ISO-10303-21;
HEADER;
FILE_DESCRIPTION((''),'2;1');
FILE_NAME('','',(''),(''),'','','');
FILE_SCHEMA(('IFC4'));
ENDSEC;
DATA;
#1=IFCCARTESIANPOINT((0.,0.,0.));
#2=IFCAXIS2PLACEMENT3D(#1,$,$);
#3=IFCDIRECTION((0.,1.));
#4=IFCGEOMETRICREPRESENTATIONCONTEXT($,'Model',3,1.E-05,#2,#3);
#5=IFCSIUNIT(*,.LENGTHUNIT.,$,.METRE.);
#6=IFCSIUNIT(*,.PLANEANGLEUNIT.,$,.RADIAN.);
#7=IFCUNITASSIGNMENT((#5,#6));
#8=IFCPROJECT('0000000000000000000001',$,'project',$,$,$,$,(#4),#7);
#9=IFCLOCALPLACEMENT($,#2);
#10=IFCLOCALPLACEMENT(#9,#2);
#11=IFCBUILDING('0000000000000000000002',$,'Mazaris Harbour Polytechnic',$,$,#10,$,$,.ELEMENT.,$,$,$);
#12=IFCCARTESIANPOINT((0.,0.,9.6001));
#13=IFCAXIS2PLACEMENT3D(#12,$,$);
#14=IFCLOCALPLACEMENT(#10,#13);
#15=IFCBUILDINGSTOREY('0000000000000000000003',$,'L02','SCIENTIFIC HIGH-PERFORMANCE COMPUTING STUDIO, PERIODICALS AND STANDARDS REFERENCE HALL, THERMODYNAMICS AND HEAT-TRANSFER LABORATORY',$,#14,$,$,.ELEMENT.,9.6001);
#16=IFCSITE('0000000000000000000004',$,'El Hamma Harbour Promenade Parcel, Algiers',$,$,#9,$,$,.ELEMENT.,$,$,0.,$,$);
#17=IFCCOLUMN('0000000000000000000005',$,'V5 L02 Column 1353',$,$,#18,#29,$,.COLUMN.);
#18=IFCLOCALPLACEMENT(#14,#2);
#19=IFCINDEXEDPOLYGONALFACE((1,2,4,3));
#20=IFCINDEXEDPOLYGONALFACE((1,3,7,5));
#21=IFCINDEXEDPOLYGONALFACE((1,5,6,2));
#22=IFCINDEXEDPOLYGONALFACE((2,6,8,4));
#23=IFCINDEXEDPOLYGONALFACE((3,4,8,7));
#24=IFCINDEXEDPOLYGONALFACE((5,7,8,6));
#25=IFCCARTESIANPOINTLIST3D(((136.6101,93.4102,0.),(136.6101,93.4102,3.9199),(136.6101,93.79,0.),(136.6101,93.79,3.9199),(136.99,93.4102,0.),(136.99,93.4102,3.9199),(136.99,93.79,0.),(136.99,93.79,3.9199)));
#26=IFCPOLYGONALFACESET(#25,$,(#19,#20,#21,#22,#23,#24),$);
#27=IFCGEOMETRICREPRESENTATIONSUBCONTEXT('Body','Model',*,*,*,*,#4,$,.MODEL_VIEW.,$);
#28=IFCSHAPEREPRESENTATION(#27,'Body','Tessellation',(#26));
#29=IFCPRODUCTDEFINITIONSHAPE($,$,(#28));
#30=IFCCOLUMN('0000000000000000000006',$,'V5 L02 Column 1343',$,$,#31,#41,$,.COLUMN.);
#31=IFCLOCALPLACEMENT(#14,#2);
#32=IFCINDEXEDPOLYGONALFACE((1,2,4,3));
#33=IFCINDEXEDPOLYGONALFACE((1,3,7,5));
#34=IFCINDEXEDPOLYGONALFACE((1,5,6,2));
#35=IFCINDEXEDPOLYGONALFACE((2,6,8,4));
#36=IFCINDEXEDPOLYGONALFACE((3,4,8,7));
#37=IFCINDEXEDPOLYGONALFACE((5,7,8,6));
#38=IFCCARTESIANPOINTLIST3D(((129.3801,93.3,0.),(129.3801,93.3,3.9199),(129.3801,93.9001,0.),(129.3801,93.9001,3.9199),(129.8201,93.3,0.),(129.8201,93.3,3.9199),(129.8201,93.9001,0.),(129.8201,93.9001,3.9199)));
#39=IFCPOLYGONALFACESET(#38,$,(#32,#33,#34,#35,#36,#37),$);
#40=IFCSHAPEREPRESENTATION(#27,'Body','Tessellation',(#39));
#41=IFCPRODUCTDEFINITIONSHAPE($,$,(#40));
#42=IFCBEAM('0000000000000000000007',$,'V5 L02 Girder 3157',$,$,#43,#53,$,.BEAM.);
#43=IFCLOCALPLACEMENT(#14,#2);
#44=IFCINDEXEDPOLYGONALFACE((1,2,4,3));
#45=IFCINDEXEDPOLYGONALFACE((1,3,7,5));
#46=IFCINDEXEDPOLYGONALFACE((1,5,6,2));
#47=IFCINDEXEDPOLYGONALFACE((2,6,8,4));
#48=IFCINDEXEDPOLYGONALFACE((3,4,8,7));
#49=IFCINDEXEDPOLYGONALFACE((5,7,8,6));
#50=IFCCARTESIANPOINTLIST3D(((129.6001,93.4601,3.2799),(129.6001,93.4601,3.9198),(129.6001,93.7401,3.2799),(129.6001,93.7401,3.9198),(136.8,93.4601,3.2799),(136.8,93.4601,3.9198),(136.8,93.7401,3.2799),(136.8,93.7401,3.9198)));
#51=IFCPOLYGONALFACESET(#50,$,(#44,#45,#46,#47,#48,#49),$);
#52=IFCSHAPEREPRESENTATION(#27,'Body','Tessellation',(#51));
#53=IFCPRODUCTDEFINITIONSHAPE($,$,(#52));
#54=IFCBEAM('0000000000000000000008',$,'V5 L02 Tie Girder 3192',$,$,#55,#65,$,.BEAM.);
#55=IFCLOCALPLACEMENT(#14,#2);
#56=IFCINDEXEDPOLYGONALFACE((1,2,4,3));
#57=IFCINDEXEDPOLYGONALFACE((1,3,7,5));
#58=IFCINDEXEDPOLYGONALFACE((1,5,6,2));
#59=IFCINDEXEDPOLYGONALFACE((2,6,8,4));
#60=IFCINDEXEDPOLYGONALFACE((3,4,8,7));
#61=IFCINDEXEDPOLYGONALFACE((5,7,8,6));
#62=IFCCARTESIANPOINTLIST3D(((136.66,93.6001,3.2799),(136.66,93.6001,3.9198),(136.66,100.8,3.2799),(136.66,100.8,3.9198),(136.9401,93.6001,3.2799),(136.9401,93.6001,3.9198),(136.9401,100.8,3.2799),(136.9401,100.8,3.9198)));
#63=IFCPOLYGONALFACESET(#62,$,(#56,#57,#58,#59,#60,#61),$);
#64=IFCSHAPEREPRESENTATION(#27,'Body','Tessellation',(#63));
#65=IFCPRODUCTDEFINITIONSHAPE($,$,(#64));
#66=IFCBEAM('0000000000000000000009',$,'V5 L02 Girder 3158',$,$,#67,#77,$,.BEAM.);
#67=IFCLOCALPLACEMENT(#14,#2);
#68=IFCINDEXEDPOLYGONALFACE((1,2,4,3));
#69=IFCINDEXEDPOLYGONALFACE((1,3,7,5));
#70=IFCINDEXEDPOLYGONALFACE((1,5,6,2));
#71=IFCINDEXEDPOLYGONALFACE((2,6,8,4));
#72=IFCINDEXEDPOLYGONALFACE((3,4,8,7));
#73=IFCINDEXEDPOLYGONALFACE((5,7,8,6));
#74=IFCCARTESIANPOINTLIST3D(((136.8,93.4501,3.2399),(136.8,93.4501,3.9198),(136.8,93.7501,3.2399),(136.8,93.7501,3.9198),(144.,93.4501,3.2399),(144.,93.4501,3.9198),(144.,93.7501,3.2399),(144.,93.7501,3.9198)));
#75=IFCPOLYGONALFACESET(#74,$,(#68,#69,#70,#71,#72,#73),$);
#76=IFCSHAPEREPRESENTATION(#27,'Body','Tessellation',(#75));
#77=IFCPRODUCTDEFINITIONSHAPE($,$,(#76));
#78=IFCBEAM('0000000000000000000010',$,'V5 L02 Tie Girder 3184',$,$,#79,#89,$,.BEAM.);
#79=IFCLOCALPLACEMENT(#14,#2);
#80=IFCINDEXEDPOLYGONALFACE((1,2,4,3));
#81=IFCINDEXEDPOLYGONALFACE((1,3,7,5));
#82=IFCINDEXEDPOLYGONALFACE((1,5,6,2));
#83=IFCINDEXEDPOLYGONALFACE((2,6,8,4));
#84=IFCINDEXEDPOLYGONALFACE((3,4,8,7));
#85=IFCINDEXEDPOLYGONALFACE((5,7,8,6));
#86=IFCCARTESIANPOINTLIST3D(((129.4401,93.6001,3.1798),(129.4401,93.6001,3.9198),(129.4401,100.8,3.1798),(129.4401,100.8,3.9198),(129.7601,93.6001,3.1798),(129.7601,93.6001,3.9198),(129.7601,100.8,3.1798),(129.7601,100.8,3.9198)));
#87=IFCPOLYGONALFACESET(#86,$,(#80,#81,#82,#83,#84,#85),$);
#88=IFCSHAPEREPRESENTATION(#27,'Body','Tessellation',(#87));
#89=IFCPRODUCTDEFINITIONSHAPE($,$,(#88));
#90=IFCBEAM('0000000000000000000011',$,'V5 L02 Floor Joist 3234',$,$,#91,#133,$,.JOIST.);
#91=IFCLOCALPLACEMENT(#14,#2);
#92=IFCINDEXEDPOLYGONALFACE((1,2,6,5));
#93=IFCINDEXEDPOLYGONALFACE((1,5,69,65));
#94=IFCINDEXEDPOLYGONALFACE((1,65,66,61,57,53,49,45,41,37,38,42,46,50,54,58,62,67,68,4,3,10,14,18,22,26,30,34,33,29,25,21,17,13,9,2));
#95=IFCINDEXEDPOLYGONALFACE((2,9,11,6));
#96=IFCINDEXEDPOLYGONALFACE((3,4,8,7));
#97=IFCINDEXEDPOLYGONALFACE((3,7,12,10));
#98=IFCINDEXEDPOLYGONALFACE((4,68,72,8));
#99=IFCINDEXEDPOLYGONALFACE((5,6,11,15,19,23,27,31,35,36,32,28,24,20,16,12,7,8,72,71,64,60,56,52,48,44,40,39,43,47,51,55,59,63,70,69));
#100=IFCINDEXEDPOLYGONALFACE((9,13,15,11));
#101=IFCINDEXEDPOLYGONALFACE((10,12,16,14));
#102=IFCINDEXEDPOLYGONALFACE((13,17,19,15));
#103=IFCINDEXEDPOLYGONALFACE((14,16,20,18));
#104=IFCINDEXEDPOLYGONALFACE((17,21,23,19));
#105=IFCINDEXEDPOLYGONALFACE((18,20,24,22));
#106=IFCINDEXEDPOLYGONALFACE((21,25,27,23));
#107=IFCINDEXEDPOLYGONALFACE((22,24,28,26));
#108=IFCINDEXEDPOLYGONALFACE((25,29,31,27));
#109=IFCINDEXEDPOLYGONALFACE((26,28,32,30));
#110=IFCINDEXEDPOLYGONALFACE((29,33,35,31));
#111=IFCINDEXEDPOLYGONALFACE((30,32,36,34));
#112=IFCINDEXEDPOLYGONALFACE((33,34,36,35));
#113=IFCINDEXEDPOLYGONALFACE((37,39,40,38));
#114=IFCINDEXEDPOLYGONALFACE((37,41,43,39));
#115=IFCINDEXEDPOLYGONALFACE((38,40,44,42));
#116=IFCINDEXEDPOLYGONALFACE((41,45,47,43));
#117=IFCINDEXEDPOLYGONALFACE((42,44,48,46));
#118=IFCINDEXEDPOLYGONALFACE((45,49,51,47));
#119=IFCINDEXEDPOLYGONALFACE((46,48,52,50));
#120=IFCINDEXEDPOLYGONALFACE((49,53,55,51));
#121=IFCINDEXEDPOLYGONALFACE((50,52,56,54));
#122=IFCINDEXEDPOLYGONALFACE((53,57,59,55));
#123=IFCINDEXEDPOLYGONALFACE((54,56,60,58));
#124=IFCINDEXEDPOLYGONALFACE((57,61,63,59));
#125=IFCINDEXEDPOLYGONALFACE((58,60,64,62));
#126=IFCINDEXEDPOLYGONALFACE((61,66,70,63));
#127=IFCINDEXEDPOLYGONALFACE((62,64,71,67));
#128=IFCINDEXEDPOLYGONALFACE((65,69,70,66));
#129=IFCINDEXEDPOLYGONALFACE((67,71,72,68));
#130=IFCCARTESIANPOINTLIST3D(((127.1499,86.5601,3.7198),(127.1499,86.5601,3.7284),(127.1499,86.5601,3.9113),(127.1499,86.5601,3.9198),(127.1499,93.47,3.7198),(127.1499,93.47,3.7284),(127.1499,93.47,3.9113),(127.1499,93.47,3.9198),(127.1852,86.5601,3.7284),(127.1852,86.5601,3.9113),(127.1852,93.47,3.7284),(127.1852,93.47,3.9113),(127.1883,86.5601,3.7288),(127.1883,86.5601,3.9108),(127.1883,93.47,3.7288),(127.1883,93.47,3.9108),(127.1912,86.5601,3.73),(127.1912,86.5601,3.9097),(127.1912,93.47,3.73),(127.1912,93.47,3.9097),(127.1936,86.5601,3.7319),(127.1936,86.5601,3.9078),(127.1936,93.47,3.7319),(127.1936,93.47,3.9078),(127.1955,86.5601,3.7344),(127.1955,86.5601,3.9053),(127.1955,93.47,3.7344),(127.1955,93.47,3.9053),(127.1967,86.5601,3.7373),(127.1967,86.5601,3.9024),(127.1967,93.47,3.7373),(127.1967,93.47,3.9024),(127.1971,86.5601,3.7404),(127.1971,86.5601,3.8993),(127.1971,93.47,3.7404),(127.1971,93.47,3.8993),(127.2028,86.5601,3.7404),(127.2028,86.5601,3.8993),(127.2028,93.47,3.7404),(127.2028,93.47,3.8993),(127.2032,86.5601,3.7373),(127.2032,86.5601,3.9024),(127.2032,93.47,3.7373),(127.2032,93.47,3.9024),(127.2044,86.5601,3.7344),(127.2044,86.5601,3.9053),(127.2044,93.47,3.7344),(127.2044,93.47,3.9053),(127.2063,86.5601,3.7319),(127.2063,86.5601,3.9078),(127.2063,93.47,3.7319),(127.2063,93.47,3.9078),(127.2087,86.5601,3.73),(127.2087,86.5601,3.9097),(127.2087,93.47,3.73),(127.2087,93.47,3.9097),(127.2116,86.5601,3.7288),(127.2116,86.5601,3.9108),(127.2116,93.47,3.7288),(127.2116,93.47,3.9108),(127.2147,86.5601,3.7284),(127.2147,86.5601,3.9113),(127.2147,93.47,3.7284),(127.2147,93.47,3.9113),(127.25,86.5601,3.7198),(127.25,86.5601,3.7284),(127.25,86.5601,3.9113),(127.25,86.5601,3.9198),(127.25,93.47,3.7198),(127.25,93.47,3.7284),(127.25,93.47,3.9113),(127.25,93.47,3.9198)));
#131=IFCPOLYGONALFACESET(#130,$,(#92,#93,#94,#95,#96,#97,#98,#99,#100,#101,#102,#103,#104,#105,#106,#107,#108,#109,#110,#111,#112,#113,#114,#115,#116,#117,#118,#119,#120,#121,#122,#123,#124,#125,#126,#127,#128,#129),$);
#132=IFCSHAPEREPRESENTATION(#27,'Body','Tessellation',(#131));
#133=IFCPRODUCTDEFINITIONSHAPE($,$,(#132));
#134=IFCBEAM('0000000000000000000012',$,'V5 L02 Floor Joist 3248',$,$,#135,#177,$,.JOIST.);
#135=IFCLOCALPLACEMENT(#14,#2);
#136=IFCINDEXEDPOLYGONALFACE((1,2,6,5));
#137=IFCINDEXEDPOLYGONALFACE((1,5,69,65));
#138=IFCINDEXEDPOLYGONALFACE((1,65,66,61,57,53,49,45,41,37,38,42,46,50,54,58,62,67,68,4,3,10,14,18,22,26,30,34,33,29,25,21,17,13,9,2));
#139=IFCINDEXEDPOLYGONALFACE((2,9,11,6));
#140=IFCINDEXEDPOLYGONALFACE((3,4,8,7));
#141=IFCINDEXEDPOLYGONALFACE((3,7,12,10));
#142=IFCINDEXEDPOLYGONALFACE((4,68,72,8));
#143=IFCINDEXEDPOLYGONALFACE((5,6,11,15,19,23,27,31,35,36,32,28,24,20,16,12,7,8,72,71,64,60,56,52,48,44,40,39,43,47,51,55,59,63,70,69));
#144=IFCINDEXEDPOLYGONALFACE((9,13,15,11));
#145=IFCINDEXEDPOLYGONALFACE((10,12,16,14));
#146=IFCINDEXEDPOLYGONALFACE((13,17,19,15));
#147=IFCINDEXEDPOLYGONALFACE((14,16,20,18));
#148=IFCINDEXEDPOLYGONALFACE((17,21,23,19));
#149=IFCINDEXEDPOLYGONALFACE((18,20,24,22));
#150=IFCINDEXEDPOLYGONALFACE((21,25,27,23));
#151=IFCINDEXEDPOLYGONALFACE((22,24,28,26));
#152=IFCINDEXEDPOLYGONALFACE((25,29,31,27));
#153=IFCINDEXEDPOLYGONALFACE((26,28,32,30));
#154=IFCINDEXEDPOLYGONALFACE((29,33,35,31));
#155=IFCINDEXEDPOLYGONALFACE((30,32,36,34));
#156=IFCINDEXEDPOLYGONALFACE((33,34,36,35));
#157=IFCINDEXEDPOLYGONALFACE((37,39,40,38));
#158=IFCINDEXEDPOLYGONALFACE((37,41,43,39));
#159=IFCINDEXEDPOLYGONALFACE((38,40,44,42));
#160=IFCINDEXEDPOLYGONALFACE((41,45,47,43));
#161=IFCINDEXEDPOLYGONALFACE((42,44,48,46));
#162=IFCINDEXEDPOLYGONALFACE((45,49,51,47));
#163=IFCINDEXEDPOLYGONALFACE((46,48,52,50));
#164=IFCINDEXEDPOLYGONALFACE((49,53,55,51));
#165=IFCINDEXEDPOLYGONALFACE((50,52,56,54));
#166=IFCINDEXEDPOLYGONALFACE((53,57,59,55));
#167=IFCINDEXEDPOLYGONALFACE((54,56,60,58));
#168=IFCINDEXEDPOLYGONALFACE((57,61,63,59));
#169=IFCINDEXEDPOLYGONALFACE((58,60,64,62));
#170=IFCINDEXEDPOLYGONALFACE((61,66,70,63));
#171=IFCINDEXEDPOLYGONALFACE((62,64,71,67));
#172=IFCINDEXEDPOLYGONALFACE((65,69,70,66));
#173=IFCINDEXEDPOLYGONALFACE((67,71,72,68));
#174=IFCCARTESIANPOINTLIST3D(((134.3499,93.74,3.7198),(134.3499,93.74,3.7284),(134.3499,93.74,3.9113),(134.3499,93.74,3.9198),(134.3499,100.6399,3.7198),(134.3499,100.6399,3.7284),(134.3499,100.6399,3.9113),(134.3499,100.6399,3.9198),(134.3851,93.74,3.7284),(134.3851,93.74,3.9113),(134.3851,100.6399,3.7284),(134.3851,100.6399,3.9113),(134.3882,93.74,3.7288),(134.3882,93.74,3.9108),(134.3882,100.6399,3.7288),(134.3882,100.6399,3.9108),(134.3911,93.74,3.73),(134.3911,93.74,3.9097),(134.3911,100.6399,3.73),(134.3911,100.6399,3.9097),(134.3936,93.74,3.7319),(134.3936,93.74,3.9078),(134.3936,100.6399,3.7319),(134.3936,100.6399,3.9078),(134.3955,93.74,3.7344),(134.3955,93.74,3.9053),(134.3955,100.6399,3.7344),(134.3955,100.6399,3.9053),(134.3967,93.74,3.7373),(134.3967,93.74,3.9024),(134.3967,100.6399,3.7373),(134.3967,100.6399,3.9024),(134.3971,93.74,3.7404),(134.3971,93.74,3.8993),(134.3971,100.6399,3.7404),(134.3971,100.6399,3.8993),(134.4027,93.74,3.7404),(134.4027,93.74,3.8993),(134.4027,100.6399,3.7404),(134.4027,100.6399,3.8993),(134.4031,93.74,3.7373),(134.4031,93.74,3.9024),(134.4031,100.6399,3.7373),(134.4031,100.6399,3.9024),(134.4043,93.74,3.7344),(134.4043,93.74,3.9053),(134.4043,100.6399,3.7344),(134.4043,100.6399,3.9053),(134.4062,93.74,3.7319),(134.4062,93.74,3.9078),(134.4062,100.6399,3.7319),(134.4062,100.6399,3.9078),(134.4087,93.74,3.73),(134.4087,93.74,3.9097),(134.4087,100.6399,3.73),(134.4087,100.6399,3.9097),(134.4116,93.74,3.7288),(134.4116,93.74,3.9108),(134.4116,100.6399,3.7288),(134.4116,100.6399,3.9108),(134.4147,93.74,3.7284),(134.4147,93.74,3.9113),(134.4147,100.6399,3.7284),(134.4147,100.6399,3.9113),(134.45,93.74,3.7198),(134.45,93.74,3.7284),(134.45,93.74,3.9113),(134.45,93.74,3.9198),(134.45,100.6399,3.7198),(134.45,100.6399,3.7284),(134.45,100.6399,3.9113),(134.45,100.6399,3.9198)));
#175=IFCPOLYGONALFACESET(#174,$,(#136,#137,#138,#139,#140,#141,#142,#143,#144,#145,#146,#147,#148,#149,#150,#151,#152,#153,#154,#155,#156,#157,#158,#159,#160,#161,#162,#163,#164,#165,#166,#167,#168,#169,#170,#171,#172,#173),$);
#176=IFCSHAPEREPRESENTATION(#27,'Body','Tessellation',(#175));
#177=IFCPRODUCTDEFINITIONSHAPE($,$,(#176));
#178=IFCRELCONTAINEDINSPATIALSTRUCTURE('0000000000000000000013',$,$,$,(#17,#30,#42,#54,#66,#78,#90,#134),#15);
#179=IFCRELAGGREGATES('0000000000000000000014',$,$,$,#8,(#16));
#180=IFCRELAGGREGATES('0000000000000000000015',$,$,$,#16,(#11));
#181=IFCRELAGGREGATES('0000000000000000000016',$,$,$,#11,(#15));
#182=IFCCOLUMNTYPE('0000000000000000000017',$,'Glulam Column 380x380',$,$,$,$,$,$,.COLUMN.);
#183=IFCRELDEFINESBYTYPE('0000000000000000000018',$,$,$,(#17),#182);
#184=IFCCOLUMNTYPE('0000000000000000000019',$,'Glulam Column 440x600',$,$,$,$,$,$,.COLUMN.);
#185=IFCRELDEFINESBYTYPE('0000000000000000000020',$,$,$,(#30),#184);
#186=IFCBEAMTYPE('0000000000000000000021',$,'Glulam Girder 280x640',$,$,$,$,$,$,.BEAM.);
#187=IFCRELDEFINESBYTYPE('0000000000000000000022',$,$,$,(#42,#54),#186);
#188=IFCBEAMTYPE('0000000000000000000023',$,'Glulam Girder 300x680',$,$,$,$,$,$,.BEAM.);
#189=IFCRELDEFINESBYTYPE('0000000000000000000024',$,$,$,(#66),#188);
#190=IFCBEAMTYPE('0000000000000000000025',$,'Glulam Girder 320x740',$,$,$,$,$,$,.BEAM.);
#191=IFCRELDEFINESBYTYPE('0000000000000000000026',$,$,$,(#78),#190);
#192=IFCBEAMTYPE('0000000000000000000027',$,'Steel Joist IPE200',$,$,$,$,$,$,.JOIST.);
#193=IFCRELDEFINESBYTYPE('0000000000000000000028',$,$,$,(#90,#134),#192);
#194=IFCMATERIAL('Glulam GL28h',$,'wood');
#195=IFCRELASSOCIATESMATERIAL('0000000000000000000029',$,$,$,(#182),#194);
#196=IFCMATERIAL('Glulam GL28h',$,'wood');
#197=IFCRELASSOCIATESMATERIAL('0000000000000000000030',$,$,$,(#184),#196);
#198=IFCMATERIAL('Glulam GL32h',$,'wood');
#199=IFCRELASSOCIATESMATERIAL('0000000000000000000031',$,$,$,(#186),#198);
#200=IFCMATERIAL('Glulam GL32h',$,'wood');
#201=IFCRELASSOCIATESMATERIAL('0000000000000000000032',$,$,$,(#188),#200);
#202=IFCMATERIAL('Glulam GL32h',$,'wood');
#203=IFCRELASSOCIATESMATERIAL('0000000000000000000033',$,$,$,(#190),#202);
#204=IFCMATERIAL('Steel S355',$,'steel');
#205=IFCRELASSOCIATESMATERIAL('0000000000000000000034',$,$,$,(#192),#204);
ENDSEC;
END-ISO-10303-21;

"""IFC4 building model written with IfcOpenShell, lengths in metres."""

from ifc_helpers import new_model, si_unit, direction, frame, origin, origin_2d, place, context, subcontext, project, spatial, rectangle, i_section, extrude, material, material_profile, profile_set, type_object, element, save


model = new_model("IFC4")

# Units and contexts
model_context = context("Model", 3, precision=1e-05, world=origin(), true_north=direction((0.0, 1.0)))
body_context = subcontext(model_context, "Body", "Model", "MODEL_VIEW")
ifc_project = project(units=[si_unit("LENGTHUNIT", "METRE"), si_unit("PLANEANGLEUNIT", "RADIAN")], contexts=[model_context])

# Site, building, storey
site_placement = place(None, origin())
site = spatial("IfcSite", under=ifc_project, at=site_placement, Name="El Hamma Harbour Promenade Parcel, Algiers", CompositionType="ELEMENT", RefElevation=0.0)
building_placement = place(site_placement, origin())
building = spatial("IfcBuilding", under=site, at=building_placement, Name="Mazaris Harbour Polytechnic", CompositionType="ELEMENT")
storey_placement = place(building_placement, frame((0.0, 0.0, 9.6001)))
storey = spatial("IfcBuildingStorey", under=building, at=storey_placement, Name="L02", Description="SCIENTIFIC HIGH-PERFORMANCE COMPUTING STUDIO, PERIODICALS AND STANDARDS REFERENCE HALL, THERMODYNAMICS AND HEAT-TRANSFER LABORATORY", CompositionType="ELEMENT", Elevation=9.6001)

# Columns
ifc_material_1 = material(Name="Glulam GL28h", Category="wood")
ifc_material_profile_1 = material_profile(ifc_material_1, rectangle(XDim=0.3799, YDim=0.3799, at=origin_2d()), Name="RECT380x380")
ifc_profile_set_1 = profile_set([ifc_material_profile_1], Name="Glulam GL28h")
column_type_1 = type_object("IfcColumnType", Name="Glulam Column 380x380", PredefinedType="COLUMN", material=ifc_profile_set_1)
column_1_placement = place(storey_placement, frame((136.8, 93.6001, 0.0), z_axis=(0.0, 0.0, 1.0), x_axis=(1.0, 0.0, 0.0)))
element("IfcColumn", 1, at=column_1_placement, inside=storey, type_object=column_type_1, Name="V5 L02 Column 1353", PredefinedType="COLUMN", context=body_context, shape_type="SweptSolid", body=[
    extrude(rectangle(XDim=0.3799, YDim=0.3799, at=origin_2d()), origin(), (0.0, 0.0, 1.0), 3.9199),
])
ifc_material_2 = material(Name="Glulam GL28h", Category="wood")
ifc_material_profile_2 = material_profile(ifc_material_2, rectangle(XDim=0.4399, YDim=0.6001, at=origin_2d()), Name="RECT440x600")
ifc_profile_set_2 = profile_set([ifc_material_profile_2], Name="Glulam GL28h")
column_type_2 = type_object("IfcColumnType", Name="Glulam Column 440x600", PredefinedType="COLUMN", material=ifc_profile_set_2)
column_2_placement = place(storey_placement, frame((129.6001, 93.6001, 0.0), z_axis=(0.0, 0.0, 1.0), x_axis=(1.0, 0.0, 0.0)))
element("IfcColumn", 2, at=column_2_placement, inside=storey, type_object=column_type_2, Name="V5 L02 Column 1343", PredefinedType="COLUMN", context=body_context, shape_type="SweptSolid", body=[
    extrude(rectangle(XDim=0.4399, YDim=0.6001, at=origin_2d()), origin(), (0.0, 0.0, 1.0), 3.9199),
])

# Beams
ifc_material_3 = material(Name="Glulam GL32h", Category="wood")
ifc_material_profile_3 = material_profile(ifc_material_3, rectangle(XDim=0.28, YDim=0.6399, at=origin_2d()), Name="RECT280x640")
ifc_profile_set_3 = profile_set([ifc_material_profile_3], Name="Glulam GL32h")
beam_type_1 = type_object("IfcBeamType", Name="Glulam Girder 280x640", PredefinedType="BEAM", material=ifc_profile_set_3)
for number, where, z_axis, x_axis, name in (
    (3, (129.6001, 93.6001, 3.5999), (1.0, 0.0, 0.0), (0.0, 1.0, 0.0), "V5 L02 Girder 3157"),
    (4, (136.8, 93.6001, 3.5999), (0.0, 1.0, 0.0), (-1.0, 0.0, 0.0), "V5 L02 Tie Girder 3192"),
):
    element("IfcBeam", number, at=place(storey_placement, frame(where, z_axis=z_axis, x_axis=x_axis)), inside=storey, type_object=beam_type_1, Name=name, PredefinedType="BEAM", context=body_context, shape_type="SweptSolid", body=[
        extrude(rectangle(XDim=0.28, YDim=0.6399, at=origin_2d()), origin(), (0.0, 0.0, 1.0), 7.2),
    ])
ifc_material_4 = material(Name="Glulam GL32h", Category="wood")
ifc_material_profile_4 = material_profile(ifc_material_4, rectangle(XDim=0.3, YDim=0.6799, at=origin_2d()), Name="RECT300x680")
ifc_profile_set_4 = profile_set([ifc_material_profile_4], Name="Glulam GL32h")
beam_type_2 = type_object("IfcBeamType", Name="Glulam Girder 300x680", PredefinedType="BEAM", material=ifc_profile_set_4)
beam_1_placement = place(storey_placement, frame((136.8, 93.6001, 3.5798), z_axis=(1.0, 0.0, 0.0), x_axis=(0.0, 1.0, 0.0)))
element("IfcBeam", 5, at=beam_1_placement, inside=storey, type_object=beam_type_2, Name="V5 L02 Girder 3158", PredefinedType="BEAM", context=body_context, shape_type="SweptSolid", body=[
    extrude(rectangle(XDim=0.3, YDim=0.6799, at=origin_2d()), origin(), (0.0, 0.0, 1.0), 7.2),
])
ifc_material_5 = material(Name="Glulam GL32h", Category="wood")
ifc_material_profile_5 = material_profile(ifc_material_5, rectangle(XDim=0.3201, YDim=0.74, at=origin_2d()), Name="RECT320x740")
ifc_profile_set_5 = profile_set([ifc_material_profile_5], Name="Glulam GL32h")
beam_type_3 = type_object("IfcBeamType", Name="Glulam Girder 320x740", PredefinedType="BEAM", material=ifc_profile_set_5)
beam_2_placement = place(storey_placement, frame((129.6001, 93.6001, 3.5498), z_axis=(0.0, 1.0, 0.0), x_axis=(-1.0, 0.0, 0.0)))
element("IfcBeam", 6, at=beam_2_placement, inside=storey, type_object=beam_type_3, Name="V5 L02 Tie Girder 3184", PredefinedType="BEAM", context=body_context, shape_type="SweptSolid", body=[
    extrude(rectangle(XDim=0.3201, YDim=0.74, at=origin_2d()), origin(), (0.0, 0.0, 1.0), 7.2),
])
ifc_material_6 = material(Name="Steel S355", Category="steel")
ifc_material_profile_6 = material_profile(ifc_material_6, i_section(OverallWidth=0.1001, OverallDepth=0.2, WebThickness=0.0056, FlangeThickness=0.0085, FilletRadius=0.012, at=origin_2d()), Name="IPE 200")
ifc_profile_set_6 = profile_set([ifc_material_profile_6], Name="Steel S355")
beam_type_4 = type_object("IfcBeamType", Name="Steel Joist IPE200", PredefinedType="JOIST", material=ifc_profile_set_6)
beam_3_placement = place(storey_placement, frame((127.2, 86.5601, 3.8198), z_axis=(0.0, 1.0, 0.0), x_axis=(-1.0, 0.0, 0.0)))
element("IfcBeam", 7, at=beam_3_placement, inside=storey, type_object=beam_type_4, Name="V5 L02 Floor Joist 3234", PredefinedType="JOIST", context=body_context, shape_type="SweptSolid", body=[
    extrude(i_section(OverallWidth=0.1001, OverallDepth=0.2, WebThickness=0.0056, FlangeThickness=0.0085, FilletRadius=0.012, at=origin_2d()), origin(), (0.0, 0.0, 1.0), 6.9099),
])
beam_4_placement = place(storey_placement, frame((134.3999, 93.74, 3.8198), z_axis=(0.0, 1.0, 0.0), x_axis=(-1.0, 0.0, 0.0)))
element("IfcBeam", 8, at=beam_4_placement, inside=storey, type_object=beam_type_4, Name="V5 L02 Floor Joist 3248", PredefinedType="JOIST", context=body_context, shape_type="SweptSolid", body=[
    extrude(i_section(OverallWidth=0.1001, OverallDepth=0.2, WebThickness=0.0056, FlangeThickness=0.0085, FilletRadius=0.012, at=origin_2d()), origin(), (0.0, 0.0, 1.0), 6.8999),
])

save(model, "model.ifc")
